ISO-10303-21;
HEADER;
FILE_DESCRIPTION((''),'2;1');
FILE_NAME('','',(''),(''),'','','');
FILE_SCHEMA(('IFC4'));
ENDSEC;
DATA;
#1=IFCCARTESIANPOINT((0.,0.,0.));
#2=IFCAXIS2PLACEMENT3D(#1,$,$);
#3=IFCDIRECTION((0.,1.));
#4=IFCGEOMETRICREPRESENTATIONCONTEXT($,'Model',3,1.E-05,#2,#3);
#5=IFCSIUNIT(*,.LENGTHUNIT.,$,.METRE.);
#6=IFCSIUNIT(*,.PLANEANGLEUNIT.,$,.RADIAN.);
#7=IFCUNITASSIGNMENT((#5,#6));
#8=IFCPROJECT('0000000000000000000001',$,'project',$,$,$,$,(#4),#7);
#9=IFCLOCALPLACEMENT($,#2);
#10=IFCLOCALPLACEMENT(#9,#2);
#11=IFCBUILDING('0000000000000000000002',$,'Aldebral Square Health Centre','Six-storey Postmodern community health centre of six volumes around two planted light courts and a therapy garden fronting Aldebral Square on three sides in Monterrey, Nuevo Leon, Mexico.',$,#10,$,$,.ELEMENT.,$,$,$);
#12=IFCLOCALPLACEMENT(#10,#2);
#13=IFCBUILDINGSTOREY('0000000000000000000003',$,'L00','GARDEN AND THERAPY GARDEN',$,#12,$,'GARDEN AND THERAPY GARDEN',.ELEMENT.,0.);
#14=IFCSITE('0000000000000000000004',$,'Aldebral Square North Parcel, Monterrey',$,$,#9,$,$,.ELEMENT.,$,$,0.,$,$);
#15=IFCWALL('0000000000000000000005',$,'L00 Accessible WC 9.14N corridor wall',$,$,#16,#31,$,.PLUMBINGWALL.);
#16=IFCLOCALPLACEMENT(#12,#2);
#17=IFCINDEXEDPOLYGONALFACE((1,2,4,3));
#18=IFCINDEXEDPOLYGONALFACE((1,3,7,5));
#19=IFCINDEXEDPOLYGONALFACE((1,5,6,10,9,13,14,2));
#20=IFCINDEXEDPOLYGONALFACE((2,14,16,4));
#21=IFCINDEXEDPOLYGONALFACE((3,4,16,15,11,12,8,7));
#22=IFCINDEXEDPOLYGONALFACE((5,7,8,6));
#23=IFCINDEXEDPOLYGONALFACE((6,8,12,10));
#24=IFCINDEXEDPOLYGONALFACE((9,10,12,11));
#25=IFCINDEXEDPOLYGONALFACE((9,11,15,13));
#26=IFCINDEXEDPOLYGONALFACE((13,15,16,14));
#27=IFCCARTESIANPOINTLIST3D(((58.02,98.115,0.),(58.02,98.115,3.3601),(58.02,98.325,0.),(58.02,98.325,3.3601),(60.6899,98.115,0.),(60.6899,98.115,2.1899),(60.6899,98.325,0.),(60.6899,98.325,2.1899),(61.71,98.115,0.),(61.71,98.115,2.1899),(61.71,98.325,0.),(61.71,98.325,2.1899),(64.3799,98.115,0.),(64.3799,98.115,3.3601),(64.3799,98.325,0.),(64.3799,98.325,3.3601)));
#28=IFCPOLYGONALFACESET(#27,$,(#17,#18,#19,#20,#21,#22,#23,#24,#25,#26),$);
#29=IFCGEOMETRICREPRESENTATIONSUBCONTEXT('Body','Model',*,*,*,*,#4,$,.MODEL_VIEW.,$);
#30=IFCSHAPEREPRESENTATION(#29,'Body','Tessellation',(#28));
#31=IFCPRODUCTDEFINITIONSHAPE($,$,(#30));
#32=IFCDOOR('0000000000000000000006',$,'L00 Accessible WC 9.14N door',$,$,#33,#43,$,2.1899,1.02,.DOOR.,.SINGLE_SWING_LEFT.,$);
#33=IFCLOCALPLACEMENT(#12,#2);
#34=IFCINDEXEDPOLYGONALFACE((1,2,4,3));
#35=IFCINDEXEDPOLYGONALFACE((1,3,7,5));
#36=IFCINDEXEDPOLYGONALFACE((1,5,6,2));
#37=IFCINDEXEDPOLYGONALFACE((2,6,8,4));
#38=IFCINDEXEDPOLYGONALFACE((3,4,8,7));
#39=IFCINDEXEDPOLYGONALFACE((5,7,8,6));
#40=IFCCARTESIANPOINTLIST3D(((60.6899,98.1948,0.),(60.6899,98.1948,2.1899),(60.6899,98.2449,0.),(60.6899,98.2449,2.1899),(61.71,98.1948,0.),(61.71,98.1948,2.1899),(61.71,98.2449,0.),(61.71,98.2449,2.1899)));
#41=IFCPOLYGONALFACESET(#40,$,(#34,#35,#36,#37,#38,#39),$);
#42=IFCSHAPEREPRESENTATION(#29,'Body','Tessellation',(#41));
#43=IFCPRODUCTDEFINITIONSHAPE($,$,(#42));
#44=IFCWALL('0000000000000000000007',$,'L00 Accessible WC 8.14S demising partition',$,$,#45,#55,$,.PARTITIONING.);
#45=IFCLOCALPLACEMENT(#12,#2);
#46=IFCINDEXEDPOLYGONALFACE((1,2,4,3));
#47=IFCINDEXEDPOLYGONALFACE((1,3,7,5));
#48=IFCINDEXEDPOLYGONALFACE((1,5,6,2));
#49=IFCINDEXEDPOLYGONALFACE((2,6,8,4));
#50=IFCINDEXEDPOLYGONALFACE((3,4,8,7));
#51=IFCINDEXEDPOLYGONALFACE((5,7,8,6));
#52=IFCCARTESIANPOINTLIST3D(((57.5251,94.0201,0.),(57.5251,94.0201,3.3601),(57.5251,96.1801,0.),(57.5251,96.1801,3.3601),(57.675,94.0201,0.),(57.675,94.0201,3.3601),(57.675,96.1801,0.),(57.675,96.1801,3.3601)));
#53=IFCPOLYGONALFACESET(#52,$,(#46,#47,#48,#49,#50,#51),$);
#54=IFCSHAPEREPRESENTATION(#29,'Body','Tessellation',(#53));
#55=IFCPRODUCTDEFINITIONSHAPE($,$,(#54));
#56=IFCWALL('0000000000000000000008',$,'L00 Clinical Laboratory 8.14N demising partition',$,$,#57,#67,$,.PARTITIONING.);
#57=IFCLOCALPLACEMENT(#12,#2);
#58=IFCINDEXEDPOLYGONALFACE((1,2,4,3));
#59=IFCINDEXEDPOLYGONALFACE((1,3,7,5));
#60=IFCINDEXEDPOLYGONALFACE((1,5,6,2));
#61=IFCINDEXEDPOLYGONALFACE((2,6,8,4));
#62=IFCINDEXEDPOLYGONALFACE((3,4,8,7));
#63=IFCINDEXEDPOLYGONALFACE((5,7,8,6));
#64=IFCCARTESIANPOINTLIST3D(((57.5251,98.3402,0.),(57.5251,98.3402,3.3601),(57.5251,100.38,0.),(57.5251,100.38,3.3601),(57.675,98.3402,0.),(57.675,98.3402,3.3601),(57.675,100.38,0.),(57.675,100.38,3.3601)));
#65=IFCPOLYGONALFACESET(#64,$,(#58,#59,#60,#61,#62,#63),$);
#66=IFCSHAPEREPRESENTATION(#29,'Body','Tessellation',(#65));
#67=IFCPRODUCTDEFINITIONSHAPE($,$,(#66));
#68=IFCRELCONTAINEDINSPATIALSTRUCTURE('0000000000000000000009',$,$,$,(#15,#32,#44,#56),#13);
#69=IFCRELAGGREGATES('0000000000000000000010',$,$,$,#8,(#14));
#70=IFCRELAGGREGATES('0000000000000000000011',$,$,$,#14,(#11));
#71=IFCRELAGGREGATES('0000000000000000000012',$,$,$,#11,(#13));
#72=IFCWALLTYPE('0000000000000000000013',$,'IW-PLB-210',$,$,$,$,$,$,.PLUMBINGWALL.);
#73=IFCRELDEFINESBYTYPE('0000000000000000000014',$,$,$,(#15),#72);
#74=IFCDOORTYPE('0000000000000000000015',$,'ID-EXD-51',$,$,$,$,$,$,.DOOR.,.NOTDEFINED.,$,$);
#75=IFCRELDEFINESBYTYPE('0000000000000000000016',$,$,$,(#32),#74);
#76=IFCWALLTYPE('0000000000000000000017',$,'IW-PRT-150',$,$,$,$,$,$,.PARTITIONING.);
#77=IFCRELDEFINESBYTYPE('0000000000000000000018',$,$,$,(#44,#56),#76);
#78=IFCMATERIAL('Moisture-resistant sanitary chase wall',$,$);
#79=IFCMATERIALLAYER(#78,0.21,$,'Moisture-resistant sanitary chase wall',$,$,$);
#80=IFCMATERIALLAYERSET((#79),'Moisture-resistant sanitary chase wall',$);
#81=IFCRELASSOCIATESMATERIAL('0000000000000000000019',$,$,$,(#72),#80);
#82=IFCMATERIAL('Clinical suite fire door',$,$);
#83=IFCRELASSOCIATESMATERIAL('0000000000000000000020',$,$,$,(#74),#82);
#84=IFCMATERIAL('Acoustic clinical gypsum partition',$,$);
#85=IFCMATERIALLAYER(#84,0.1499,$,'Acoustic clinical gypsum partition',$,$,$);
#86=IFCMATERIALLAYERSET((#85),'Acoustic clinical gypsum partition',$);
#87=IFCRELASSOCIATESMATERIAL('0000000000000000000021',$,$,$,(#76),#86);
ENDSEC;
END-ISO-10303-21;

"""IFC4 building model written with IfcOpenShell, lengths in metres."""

from ifc_helpers import new_model, si_unit, direction, frame, frame_2d, origin, place, context, subcontext, project, spatial, rectangle, extrude, material, layer, layer_set, type_object, element, fill, save


model = new_model("IFC4")

# Units and contexts
model_context = context("Model", 3, precision=1e-05, world=origin(), true_north=direction((0.0, 1.0)))
body_context = subcontext(model_context, "Body", "Model", "MODEL_VIEW")
ifc_project = project(units=[si_unit("LENGTHUNIT", "METRE"), si_unit("PLANEANGLEUNIT", "RADIAN")], contexts=[model_context])

# Site, building, storey
site_placement = place(None, origin())
site = spatial("IfcSite", under=ifc_project, at=site_placement, Name="Aldebral Square North Parcel, Monterrey", CompositionType="ELEMENT", RefElevation=0.0)
building_placement = place(site_placement, origin())
building = spatial("IfcBuilding", under=site, at=building_placement, Name="Aldebral Square Health Centre", Description="Six-storey Postmodern community health centre of six volumes around two planted light courts and a therapy garden fronting Aldebral Square on three sides in Monterrey, Nuevo Leon, Mexico.", CompositionType="ELEMENT")
storey_placement = place(building_placement, origin())
storey = spatial("IfcBuildingStorey", under=building, at=storey_placement, Name="L00", Description="GARDEN AND THERAPY GARDEN", LongName="GARDEN AND THERAPY GARDEN", CompositionType="ELEMENT", Elevation=0.0)

# Wall, opening, door
ifc_material_1 = material(Name="Clinical suite fire door")
ifc_material_2 = material(Name="Moisture-resistant sanitary chase wall")
ifc_layer_1 = layer(ifc_material_2, 0.21, Name="Moisture-resistant sanitary chase wall")
ifc_layer_set_1 = layer_set([ifc_layer_1], Name="Moisture-resistant sanitary chase wall")
wall_type_1 = type_object("IfcWallType", Name="IW-PLB-210", PredefinedType="PLUMBINGWALL", material=ifc_layer_set_1)
wall_1_placement = place(storey_placement, frame((58.02, 98.22, 0.0), z_axis=(0.0, 0.0, 1.0), x_axis=(1.0, 0.0, 0.0)))
wall_1 = element("IfcWall", 1, at=wall_1_placement, inside=storey, type_object=wall_type_1, Name="L00 Accessible WC 9.14N corridor wall", PredefinedType="PLUMBINGWALL", context=body_context, shape_type="SweptSolid", body=[
    extrude(rectangle(XDim=6.3599, YDim=0.21, at=frame_2d((3.1799, 0.0))), origin(), (0.0, 0.0, 1.0), 3.3601),
])
opening_1_placement = place(wall_1_placement, frame((2.6699, 0.0, 0.0)))
opening_1 = element("IfcOpeningElement", 2, at=opening_1_placement, cuts=wall_1, PredefinedType="OPENING", context=body_context, shape_type="SweptSolid", body=[
    extrude(rectangle(XDim=1.02, YDim=2.1899, at=frame_2d((0.51, 1.095))), frame((0.0, 0.115, 0.0), z_axis=(0.0, -1.0, 0.0), x_axis=(1.0, 0.0, 0.0)), (0.0, 0.0, 1.0), 0.23),
])
door_type_1 = type_object("IfcDoorType", Name="ID-EXD-51", OperationType="NOTDEFINED", PredefinedType="DOOR", material=ifc_material_1)
door_1_placement = place(opening_1_placement, origin())
door_1 = element("IfcDoor", 3, at=door_1_placement, inside=storey, type_object=door_type_1, Name="L00 Accessible WC 9.14N door", OperationType="SINGLE_SWING_LEFT", OverallHeight=2.1899, OverallWidth=1.02, PredefinedType="DOOR", context=body_context, shape_type="SweptSolid", body=[
    extrude(rectangle(XDim=1.02, YDim=2.1899, at=frame_2d((0.51, 1.095))), frame((0.0, 0.0249, 0.0), z_axis=(0.0, -1.0, 0.0), x_axis=(1.0, 0.0, 0.0)), (0.0, 0.0, 1.0), 0.05),
])
fill(opening_1, door_1)

# Walls
ifc_material_3 = material(Name="Acoustic clinical gypsum partition")
ifc_layer_2 = layer(ifc_material_3, 0.1499, Name="Acoustic clinical gypsum partition")
ifc_layer_set_2 = layer_set([ifc_layer_2], Name="Acoustic clinical gypsum partition")
wall_type_2 = type_object("IfcWallType", Name="IW-PRT-150", PredefinedType="PARTITIONING", material=ifc_layer_set_2)
wall_2_placement = place(storey_placement, frame((57.6001, 94.02, 0.0), z_axis=(0.0, 0.0, 1.0), x_axis=(0.0, 1.0, 0.0)))
element("IfcWall", 4, at=wall_2_placement, inside=storey, type_object=wall_type_2, Name="L00 Accessible WC 8.14S demising partition", PredefinedType="PARTITIONING", context=body_context, shape_type="SweptSolid", body=[
    extrude(rectangle(XDim=2.1599, YDim=0.1499, at=frame_2d((1.0801, 0.0))), origin(), (0.0, 0.0, 1.0), 3.3601),
])
wall_3_placement = place(storey_placement, frame((57.6001, 98.3401, 0.0), z_axis=(0.0, 0.0, 1.0), x_axis=(0.0, 1.0, 0.0)))
element("IfcWall", 5, at=wall_3_placement, inside=storey, type_object=wall_type_2, Name="L00 Clinical Laboratory 8.14N demising partition", PredefinedType="PARTITIONING", context=body_context, shape_type="SweptSolid", body=[
    extrude(rectangle(XDim=2.0398, YDim=0.1499, at=frame_2d((1.02, 0.0))), origin(), (0.0, 0.0, 1.0), 3.3601),
])

save(model, "model.ifc")
